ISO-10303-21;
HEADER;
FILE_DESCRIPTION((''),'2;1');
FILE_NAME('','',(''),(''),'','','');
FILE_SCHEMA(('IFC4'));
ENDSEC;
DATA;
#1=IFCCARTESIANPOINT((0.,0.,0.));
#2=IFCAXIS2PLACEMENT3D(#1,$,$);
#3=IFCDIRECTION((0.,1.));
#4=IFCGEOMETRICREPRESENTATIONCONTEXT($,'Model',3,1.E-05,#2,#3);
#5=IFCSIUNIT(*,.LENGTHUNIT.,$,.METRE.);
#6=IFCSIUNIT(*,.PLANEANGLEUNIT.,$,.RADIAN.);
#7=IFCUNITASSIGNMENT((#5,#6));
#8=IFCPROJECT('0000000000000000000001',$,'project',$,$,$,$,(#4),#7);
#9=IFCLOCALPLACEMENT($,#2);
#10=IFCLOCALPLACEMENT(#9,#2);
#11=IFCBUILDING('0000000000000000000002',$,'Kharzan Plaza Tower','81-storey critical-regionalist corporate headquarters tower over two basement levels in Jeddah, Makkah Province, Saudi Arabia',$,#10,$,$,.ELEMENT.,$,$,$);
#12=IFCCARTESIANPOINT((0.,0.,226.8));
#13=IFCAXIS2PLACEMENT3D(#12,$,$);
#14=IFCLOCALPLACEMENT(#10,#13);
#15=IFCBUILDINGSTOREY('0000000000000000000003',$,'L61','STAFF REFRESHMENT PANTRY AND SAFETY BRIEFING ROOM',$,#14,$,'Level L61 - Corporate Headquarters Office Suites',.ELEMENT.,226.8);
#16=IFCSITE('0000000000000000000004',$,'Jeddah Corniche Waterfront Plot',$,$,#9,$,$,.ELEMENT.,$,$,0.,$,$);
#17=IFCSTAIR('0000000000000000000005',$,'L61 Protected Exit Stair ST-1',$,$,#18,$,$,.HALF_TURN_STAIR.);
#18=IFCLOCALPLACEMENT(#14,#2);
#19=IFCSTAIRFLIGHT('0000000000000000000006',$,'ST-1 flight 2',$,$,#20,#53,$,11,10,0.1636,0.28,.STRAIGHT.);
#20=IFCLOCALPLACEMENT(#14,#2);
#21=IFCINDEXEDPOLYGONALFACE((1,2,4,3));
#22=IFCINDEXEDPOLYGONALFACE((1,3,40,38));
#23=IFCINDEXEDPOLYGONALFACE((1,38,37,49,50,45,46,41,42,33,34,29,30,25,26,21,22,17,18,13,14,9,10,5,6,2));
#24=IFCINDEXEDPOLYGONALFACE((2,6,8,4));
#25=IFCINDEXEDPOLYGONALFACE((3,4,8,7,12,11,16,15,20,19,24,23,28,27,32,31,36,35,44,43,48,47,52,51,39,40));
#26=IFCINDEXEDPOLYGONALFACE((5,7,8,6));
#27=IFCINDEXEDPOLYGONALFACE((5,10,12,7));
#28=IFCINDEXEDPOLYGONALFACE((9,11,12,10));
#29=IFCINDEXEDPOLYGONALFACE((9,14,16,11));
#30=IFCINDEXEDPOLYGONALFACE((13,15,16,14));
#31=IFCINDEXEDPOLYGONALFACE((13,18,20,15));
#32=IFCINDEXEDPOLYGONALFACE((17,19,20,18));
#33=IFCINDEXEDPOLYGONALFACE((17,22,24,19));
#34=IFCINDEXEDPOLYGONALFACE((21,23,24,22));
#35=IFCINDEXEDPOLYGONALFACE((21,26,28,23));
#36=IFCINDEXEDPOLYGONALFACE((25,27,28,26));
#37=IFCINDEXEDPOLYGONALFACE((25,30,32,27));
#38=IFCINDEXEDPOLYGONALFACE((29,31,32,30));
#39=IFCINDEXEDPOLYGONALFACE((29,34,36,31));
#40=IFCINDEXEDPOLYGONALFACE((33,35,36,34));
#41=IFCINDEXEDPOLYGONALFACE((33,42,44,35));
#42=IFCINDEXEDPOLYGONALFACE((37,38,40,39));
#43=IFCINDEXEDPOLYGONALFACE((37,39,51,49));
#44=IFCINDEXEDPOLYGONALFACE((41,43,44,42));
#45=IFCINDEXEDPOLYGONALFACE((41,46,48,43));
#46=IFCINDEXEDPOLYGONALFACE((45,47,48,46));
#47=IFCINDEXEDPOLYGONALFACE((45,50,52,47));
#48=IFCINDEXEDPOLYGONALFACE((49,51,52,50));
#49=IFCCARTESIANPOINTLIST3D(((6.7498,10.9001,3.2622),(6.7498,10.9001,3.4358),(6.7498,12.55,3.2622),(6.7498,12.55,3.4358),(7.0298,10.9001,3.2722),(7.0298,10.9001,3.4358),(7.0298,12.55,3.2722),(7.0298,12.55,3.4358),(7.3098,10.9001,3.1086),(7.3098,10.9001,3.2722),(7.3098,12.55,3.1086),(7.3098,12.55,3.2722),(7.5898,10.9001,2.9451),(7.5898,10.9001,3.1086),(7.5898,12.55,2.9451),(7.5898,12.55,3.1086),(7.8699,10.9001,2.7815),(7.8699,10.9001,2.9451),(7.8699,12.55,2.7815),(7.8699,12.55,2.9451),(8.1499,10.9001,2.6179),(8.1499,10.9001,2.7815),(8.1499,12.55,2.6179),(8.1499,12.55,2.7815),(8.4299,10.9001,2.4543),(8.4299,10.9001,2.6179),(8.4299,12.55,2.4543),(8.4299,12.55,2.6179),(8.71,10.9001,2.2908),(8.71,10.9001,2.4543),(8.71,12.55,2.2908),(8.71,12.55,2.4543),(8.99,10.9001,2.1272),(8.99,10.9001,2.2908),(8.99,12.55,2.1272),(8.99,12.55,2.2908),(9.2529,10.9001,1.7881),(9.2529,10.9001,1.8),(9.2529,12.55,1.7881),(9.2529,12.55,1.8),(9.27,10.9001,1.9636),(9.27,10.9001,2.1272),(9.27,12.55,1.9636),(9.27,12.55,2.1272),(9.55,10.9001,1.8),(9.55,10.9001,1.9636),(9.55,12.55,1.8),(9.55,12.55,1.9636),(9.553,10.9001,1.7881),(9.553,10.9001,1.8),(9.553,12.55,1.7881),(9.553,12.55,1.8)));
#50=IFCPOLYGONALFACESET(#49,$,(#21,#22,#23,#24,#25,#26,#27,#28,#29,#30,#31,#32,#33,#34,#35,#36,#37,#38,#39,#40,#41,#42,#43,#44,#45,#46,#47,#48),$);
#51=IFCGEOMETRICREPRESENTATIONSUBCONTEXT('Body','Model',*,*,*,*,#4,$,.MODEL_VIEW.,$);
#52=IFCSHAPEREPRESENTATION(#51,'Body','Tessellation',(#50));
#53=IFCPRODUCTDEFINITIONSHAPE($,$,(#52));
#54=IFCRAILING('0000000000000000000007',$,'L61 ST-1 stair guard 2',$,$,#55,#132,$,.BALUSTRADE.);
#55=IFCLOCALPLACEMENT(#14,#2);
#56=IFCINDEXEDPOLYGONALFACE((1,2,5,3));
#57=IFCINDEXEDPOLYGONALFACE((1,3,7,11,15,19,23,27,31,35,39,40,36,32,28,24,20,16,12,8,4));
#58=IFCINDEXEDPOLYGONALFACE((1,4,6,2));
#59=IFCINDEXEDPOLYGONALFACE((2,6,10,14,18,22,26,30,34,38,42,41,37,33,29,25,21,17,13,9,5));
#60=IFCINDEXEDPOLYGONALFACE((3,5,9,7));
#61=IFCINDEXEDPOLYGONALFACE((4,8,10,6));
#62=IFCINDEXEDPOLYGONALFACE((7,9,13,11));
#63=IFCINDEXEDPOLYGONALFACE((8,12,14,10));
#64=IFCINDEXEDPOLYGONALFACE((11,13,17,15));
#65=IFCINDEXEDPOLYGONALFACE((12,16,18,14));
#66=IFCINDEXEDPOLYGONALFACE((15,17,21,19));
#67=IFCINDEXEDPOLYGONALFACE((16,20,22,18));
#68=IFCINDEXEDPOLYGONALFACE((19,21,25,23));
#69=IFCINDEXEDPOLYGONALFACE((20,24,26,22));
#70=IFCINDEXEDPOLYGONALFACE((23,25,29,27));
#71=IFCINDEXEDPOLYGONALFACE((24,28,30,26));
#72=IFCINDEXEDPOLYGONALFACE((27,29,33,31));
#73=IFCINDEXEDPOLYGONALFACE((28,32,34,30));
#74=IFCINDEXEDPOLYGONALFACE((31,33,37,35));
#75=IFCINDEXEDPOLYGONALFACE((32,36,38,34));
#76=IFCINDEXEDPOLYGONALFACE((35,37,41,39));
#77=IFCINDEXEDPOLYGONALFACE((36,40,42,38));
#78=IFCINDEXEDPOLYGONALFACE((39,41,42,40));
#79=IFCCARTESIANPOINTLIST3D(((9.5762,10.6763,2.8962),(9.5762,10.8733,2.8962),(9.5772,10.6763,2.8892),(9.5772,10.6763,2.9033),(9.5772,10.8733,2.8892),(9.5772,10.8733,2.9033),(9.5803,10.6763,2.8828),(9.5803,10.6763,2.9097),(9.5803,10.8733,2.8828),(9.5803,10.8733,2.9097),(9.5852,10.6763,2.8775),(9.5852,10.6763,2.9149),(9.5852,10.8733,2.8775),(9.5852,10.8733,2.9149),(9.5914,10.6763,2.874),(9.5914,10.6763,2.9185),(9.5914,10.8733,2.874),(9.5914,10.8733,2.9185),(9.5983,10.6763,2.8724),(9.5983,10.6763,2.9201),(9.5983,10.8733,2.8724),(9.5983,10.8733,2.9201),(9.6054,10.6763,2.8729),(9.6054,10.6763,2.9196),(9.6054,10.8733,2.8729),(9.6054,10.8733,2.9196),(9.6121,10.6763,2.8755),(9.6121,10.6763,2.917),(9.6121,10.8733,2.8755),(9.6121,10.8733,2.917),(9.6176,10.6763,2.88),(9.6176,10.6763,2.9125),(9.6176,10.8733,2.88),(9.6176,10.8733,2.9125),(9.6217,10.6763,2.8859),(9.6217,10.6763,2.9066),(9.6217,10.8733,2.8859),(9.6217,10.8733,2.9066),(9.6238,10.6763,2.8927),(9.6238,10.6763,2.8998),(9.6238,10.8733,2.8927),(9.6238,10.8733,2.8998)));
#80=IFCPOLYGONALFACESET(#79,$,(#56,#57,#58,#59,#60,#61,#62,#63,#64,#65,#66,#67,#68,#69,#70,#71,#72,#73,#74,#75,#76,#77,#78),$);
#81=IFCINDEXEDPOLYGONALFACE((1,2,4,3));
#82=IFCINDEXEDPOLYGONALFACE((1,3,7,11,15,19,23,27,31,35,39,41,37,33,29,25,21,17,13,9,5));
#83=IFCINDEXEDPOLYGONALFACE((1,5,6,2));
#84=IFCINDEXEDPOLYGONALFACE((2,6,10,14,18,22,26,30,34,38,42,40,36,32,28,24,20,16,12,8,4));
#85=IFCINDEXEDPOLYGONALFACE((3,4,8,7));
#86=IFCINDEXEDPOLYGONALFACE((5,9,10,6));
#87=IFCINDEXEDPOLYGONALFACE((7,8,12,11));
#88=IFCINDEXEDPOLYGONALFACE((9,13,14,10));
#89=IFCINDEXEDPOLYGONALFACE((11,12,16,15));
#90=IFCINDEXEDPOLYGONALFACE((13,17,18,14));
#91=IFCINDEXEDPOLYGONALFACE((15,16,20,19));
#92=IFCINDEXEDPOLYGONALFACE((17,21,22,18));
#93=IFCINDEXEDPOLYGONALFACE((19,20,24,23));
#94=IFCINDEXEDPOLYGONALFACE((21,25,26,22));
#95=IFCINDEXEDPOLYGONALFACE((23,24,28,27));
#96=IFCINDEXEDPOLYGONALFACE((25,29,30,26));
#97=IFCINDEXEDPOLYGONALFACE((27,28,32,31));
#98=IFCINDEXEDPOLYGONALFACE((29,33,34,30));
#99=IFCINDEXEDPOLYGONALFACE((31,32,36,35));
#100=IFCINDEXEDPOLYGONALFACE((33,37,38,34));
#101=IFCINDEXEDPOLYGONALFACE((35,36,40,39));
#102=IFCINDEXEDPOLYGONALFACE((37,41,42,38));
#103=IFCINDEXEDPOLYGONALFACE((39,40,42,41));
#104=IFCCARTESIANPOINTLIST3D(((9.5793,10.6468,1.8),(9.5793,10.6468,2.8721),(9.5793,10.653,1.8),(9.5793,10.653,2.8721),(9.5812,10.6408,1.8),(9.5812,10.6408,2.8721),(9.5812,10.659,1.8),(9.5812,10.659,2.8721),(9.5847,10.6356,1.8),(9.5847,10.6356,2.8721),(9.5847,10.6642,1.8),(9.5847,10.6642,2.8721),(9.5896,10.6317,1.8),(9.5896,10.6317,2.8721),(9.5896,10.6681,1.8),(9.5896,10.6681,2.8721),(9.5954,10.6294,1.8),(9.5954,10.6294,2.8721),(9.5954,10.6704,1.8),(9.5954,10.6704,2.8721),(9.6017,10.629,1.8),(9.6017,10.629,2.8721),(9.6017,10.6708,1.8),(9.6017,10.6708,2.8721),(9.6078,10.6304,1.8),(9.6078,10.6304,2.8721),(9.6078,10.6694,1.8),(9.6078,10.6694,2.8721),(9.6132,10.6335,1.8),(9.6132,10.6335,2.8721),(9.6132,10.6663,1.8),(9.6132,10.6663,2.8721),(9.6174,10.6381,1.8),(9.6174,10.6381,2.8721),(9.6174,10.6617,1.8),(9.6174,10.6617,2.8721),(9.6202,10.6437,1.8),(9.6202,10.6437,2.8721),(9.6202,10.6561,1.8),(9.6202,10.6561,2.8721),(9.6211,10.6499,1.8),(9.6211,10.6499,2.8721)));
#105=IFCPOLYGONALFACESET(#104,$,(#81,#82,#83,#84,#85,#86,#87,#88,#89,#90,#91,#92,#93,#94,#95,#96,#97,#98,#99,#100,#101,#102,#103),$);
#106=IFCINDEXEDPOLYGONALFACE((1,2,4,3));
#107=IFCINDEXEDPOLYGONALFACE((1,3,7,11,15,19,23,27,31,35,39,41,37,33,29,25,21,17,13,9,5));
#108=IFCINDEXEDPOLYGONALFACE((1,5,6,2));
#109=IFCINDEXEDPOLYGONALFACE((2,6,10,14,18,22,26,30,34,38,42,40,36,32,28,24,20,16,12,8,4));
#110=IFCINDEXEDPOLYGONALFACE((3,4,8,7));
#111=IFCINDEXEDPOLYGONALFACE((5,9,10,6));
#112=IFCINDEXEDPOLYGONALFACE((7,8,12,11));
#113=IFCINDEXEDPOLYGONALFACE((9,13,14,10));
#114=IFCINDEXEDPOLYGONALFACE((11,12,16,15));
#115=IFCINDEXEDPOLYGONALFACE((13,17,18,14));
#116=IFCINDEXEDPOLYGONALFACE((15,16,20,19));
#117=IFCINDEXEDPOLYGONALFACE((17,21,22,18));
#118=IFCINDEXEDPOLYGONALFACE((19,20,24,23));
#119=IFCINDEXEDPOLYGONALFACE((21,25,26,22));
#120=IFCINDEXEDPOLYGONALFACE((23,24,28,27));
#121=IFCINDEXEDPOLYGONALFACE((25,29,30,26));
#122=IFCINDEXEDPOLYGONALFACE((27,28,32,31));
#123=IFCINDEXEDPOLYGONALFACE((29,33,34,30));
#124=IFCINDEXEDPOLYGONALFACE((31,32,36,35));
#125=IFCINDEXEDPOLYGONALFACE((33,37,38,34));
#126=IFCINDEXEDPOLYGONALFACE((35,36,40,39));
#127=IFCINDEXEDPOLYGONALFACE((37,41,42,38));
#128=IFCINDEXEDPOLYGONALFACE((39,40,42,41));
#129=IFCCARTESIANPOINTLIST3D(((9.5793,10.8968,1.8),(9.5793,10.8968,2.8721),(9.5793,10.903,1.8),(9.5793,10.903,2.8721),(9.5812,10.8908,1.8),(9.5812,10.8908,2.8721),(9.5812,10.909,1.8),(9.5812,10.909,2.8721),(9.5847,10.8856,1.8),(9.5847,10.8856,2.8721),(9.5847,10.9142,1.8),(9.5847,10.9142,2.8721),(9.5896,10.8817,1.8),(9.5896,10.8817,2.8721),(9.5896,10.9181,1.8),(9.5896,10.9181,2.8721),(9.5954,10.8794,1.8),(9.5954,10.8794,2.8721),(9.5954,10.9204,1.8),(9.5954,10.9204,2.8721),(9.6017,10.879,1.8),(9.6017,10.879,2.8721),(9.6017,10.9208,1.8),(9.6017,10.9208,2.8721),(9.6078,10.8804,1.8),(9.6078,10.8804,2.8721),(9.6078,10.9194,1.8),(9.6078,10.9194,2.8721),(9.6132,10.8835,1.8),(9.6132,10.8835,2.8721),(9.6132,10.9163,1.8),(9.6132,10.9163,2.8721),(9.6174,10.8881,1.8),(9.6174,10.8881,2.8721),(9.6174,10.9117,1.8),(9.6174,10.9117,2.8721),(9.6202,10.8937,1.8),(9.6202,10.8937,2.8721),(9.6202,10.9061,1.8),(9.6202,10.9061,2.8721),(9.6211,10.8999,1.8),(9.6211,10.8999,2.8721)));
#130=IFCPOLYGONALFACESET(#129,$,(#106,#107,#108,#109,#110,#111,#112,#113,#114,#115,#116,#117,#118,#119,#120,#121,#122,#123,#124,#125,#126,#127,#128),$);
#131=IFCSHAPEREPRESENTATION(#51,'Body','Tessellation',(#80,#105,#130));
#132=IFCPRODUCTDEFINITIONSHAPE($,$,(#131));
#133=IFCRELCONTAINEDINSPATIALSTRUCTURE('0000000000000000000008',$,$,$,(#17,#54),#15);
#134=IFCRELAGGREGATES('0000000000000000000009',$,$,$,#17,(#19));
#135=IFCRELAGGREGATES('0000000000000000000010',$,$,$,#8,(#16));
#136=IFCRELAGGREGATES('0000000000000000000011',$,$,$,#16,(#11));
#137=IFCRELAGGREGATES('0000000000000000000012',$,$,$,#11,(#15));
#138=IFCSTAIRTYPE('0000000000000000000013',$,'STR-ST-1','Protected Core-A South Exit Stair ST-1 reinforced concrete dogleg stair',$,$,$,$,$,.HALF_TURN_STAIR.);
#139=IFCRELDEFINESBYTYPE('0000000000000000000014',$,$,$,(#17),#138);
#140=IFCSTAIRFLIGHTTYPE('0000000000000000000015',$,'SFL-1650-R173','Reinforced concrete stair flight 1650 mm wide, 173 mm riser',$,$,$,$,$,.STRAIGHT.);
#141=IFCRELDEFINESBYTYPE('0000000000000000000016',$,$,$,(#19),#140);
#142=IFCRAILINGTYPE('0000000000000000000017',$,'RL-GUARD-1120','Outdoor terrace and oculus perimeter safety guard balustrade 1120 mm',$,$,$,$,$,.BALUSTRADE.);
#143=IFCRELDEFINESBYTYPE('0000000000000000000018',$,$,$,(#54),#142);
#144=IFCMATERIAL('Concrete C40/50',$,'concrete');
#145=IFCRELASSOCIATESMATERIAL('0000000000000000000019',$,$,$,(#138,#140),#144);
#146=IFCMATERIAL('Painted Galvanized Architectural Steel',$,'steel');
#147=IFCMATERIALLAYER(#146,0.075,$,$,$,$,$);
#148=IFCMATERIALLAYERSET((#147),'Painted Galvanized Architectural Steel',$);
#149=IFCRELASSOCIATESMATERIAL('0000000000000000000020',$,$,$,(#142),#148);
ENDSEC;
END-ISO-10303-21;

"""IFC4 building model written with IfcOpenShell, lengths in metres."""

from ifc_helpers import new_model, si_unit, direction, frame, origin, origin_2d, place, context, subcontext, project, spatial, polyline, circle, outline, extrude, source, transform, mapped, material, layer, layer_set, type_object, element, aggregate, save


model = new_model("IFC4")

# Units and contexts
model_context = context("Model", 3, precision=1e-05, world=origin(), true_north=direction((0.0, 1.0)))
body_context = subcontext(model_context, "Body", "Model", "MODEL_VIEW")
ifc_project = project(units=[si_unit("LENGTHUNIT", "METRE"), si_unit("PLANEANGLEUNIT", "RADIAN")], contexts=[model_context])

# Site, building, storey
site_placement = place(None, origin())
site = spatial("IfcSite", under=ifc_project, at=site_placement, Name="Jeddah Corniche Waterfront Plot", CompositionType="ELEMENT", RefElevation=0.0)
building_placement = place(site_placement, origin())
building = spatial("IfcBuilding", under=site, at=building_placement, Name="Kharzan Plaza Tower", Description="81-storey critical-regionalist corporate headquarters tower over two basement levels in Jeddah, Makkah Province, Saudi Arabia", CompositionType="ELEMENT")
storey_placement = place(building_placement, frame((0.0, 0.0, 226.8)))
storey = spatial("IfcBuildingStorey", under=building, at=storey_placement, Name="L61", Description="STAFF REFRESHMENT PANTRY AND SAFETY BRIEFING ROOM", LongName="Level L61 - Corporate Headquarters Office Suites", CompositionType="ELEMENT", Elevation=226.8)

# Shared definitions
ifc_material_1 = material(Name="Concrete C40/50", Category="concrete")

# Stair, stair flight
stair_type = type_object("IfcStairType", Name="STR-ST-1", Description="Protected Core-A South Exit Stair ST-1 reinforced concrete dogleg stair", PredefinedType="HALF_TURN_STAIR", material=ifc_material_1)
stair_placement = place(storey_placement, origin())
stair = element("IfcStair", 1, at=stair_placement, inside=storey, type_object=stair_type, Name="L61 Protected Exit Stair ST-1", PredefinedType="HALF_TURN_STAIR")
stair_flight_type = type_object("IfcStairFlightType", Name="SFL-1650-R173", Description="Reinforced concrete stair flight 1650 mm wide, 173 mm riser", PredefinedType="STRAIGHT", material=ifc_material_1)
shared_shape_1 = source(origin(), body_context, "Body", "SweptSolid", [
    extrude(outline(polyline([(-0.0029, -0.012), (-0.0029, 0.0), (0.0, 0.0), (0.0, 0.1636), (0.28, 0.1636), (0.28, 0.3271), (0.5601, 0.3271), (0.5601, 0.4907), (0.8401, 0.4907), (0.8401, 0.6543), (1.1201, 0.6543), (1.1201, 0.8179), (1.4001, 0.8179), (1.4001, 0.9814), (1.6802, 0.9814), (1.6802, 1.145), (1.9602, 1.145), (1.9602, 1.3086), (2.2402, 1.3086), (2.2402, 1.4722), (2.5203, 1.4722), (2.5203, 1.6357), (2.8003, 1.6357), (2.8003, 1.7993), (2.8003, 1.4622), (0.2971, 0.0), (0.2971, -0.012), (-0.0029, -0.012)])), frame((0.0, 0.825, 0.0), z_axis=(0.0, -1.0, 0.0), x_axis=(1.0, 0.0, 0.0)), (0.0, 0.0, 1.0), 1.6499),
])
stair_flight_placement = place(storey_placement, frame((9.55, 11.7251, 1.8), z_axis=(0.0, 0.0, 1.0), x_axis=(-1.0, 0.0, 0.0)))
stair_flight = element("IfcStairFlight", 2, at=stair_flight_placement, type_object=stair_flight_type, Name="ST-1 flight 2", NumberOfRisers=11, NumberOfTreads=10, PredefinedType="STRAIGHT", RiserHeight=0.1636, TreadLength=0.28, context=body_context, shape_type="MappedRepresentation", body=[
    mapped(shared_shape_1, transform((0.0, 0.0, 0.0), x_axis=(1.0, 0.0, 0.0), y_axis=(0.0, 1.0, 0.0), z_axis=(0.0, 0.0, 1.0))),
])
aggregate(stair, [stair_flight])

# Railing
ifc_material_2 = material(Name="Painted Galvanized Architectural Steel", Category="steel")
ifc_layer_1 = layer(ifc_material_2, 0.075)
ifc_layer_set_1 = layer_set([ifc_layer_1], Name="Painted Galvanized Architectural Steel")
railing_type_1 = type_object("IfcRailingType", Name="RL-GUARD-1120", Description="Outdoor terrace and oculus perimeter safety guard balustrade 1120 mm", PredefinedType="BALUSTRADE", material=ifc_layer_set_1)
shared_shape_2 = source(origin(), body_context, "Body", "SweptSolid", [
    extrude(circle(Radius=0.0239, at=origin_2d()), frame((0.0, 0.0264, 1.0962), z_axis=(0.0, 1.0, 0.0), x_axis=(-1.0, 0.0, 0.0)), (0.0, 0.0, 1.0), 0.197),
    extrude(circle(Radius=0.021, at=origin_2d()), origin(), (0.0, 0.0, 1.0), 1.072),
    extrude(circle(Radius=0.021, at=origin_2d()), frame((0.0, 0.25, 0.0)), (0.0, 0.0, 1.0), 1.072),
])
railing_1_placement = place(storey_placement, frame((9.6001, 10.6499, 1.8)))
element("IfcRailing", 3, at=railing_1_placement, inside=storey, type_object=railing_type_1, Name="L61 ST-1 stair guard 2", PredefinedType="BALUSTRADE", context=body_context, shape_type="MappedRepresentation", body=[
    mapped(shared_shape_2, transform((0.0, 0.0, 0.0), x_axis=(1.0, 0.0, 0.0), y_axis=(0.0, 1.0, 0.0), z_axis=(0.0, 0.0, 1.0))),
])

save(model, "model.ifc")
